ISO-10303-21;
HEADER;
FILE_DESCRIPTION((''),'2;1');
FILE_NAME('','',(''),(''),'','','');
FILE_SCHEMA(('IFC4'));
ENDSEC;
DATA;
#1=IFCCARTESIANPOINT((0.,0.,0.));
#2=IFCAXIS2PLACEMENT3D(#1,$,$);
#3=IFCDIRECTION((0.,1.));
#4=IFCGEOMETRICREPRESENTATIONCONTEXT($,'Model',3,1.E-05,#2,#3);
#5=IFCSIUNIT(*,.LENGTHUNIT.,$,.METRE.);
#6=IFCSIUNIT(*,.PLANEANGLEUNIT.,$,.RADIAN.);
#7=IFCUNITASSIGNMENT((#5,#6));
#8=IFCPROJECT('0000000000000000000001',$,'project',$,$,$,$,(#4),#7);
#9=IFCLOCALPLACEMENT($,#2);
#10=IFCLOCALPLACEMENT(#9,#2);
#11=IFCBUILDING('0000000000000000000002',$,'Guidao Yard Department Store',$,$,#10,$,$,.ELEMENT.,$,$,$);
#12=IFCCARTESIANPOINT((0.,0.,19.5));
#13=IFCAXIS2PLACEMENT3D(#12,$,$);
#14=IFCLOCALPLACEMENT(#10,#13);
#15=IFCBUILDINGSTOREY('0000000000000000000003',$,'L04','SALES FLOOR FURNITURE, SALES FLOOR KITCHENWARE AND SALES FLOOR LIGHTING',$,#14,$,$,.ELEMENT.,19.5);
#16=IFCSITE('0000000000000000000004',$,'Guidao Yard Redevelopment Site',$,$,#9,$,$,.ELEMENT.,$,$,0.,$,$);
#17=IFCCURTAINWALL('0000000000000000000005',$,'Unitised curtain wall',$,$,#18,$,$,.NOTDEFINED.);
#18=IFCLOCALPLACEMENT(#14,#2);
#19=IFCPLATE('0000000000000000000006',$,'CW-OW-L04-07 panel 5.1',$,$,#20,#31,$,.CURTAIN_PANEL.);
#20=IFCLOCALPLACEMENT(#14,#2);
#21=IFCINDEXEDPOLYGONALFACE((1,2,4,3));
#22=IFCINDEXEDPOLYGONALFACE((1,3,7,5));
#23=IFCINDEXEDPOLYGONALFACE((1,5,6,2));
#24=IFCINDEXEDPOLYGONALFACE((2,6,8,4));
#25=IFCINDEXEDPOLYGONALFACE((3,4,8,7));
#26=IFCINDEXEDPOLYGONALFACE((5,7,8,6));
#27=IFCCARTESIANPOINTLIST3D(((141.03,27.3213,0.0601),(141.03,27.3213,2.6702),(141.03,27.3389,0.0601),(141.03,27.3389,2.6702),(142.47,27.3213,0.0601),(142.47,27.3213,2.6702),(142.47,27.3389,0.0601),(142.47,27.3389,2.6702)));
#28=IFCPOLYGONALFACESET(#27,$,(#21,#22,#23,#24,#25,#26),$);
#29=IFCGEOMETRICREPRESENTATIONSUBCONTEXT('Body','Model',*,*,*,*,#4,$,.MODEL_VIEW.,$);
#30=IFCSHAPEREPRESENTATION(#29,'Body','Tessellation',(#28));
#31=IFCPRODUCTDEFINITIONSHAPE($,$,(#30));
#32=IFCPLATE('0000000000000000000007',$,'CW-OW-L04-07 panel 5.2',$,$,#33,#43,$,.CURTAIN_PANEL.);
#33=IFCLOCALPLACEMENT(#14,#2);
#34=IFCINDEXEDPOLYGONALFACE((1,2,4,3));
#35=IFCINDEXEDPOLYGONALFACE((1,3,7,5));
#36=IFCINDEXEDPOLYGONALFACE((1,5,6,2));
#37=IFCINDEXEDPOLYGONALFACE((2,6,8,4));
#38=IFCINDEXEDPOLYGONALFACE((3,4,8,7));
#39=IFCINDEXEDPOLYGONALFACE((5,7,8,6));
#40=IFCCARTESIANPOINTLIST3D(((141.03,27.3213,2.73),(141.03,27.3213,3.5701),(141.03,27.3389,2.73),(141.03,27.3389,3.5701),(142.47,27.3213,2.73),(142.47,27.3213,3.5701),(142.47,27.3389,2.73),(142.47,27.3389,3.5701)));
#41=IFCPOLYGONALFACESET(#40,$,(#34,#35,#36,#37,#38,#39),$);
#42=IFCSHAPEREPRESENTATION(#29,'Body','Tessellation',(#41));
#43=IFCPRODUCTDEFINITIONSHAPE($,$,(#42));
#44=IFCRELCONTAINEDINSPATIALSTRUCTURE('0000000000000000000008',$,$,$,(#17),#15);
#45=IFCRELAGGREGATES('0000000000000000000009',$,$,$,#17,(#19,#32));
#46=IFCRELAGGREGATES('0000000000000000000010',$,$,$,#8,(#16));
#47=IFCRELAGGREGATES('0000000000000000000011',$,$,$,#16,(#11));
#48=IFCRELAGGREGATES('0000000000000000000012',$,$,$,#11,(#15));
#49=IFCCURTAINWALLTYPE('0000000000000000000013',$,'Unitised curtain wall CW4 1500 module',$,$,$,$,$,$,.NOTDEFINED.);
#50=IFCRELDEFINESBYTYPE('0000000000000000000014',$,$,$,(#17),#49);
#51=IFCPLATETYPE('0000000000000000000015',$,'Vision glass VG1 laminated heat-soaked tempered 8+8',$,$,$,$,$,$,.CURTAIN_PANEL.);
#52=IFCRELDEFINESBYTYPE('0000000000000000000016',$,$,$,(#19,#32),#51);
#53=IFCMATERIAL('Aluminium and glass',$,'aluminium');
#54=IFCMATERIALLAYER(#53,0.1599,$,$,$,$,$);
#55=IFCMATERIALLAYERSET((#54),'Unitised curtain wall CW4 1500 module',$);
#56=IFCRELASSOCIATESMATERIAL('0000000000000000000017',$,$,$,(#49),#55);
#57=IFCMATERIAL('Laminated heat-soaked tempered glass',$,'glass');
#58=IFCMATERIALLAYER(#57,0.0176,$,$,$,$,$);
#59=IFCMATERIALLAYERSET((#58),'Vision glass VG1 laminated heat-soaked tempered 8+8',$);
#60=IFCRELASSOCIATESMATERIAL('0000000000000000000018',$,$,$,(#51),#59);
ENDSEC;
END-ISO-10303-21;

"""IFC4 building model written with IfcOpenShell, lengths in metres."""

from ifc_helpers import new_model, si_unit, direction, frame, origin, origin_2d, place, context, subcontext, project, spatial, rectangle, extrude, material, layer, layer_set, type_object, element, aggregate, save


model = new_model("IFC4")

# Units and contexts
model_context = context("Model", 3, precision=1e-05, world=origin(), true_north=direction((0.0, 1.0)))
body_context = subcontext(model_context, "Body", "Model", "MODEL_VIEW")
ifc_project = project(units=[si_unit("LENGTHUNIT", "METRE"), si_unit("PLANEANGLEUNIT", "RADIAN")], contexts=[model_context])

# Site, building, storey
site_placement = place(None, origin())
site = spatial("IfcSite", under=ifc_project, at=site_placement, Name="Guidao Yard Redevelopment Site", CompositionType="ELEMENT", RefElevation=0.0)
building_placement = place(site_placement, origin())
building = spatial("IfcBuilding", under=site, at=building_placement, Name="Guidao Yard Department Store", CompositionType="ELEMENT")
storey_placement = place(building_placement, frame((0.0, 0.0, 19.5)))
storey = spatial("IfcBuildingStorey", under=building, at=storey_placement, Name="L04", Description="SALES FLOOR FURNITURE, SALES FLOOR KITCHENWARE AND SALES FLOOR LIGHTING", CompositionType="ELEMENT", Elevation=19.5)

# Curtain wall
ifc_material_1 = material(Name="Aluminium and glass", Category="aluminium")
ifc_layer_1 = layer(ifc_material_1, 0.1599)
ifc_layer_set_1 = layer_set([ifc_layer_1], Name="Unitised curtain wall CW4 1500 module")
curtain_wall_type = type_object("IfcCurtainWallType", Name="Unitised curtain wall CW4 1500 module", PredefinedType="NOTDEFINED", material=ifc_layer_set_1)
curtain_wall_placement = place(storey_placement, origin())
curtain_wall = element("IfcCurtainWall", 1, at=curtain_wall_placement, inside=storey, type_object=curtain_wall_type, Name="Unitised curtain wall", PredefinedType="NOTDEFINED")

# Plates
ifc_material_2 = material(Name="Laminated heat-soaked tempered glass", Category="glass")
ifc_layer_2 = layer(ifc_material_2, 0.0176)
ifc_layer_set_2 = layer_set([ifc_layer_2], Name="Vision glass VG1 laminated heat-soaked tempered 8+8")
plate_type_1 = type_object("IfcPlateType", Name="Vision glass VG1 laminated heat-soaked tempered 8+8", PredefinedType="CURTAIN_PANEL", material=ifc_layer_set_2)
plate_1_placement = place(storey_placement, frame((141.75, 27.3301, 0.0601), z_axis=(0.0, 0.0, 1.0), x_axis=(1.0, 0.0, 0.0)))
plate_1 = element("IfcPlate", 2, at=plate_1_placement, type_object=plate_type_1, Name="CW-OW-L04-07 panel 5.1", PredefinedType="CURTAIN_PANEL", context=body_context, shape_type="SweptSolid", body=[
    extrude(rectangle(XDim=1.4399, YDim=0.0176, at=origin_2d()), origin(), (0.0, 0.0, 1.0), 2.6101),
])
plate_2_placement = place(storey_placement, frame((141.75, 27.3301, 2.73), z_axis=(0.0, 0.0, 1.0), x_axis=(1.0, 0.0, 0.0)))
plate_2 = element("IfcPlate", 3, at=plate_2_placement, type_object=plate_type_1, Name="CW-OW-L04-07 panel 5.2", PredefinedType="CURTAIN_PANEL", context=body_context, shape_type="SweptSolid", body=[
    extrude(rectangle(XDim=1.4399, YDim=0.0176, at=origin_2d()), origin(), (0.0, 0.0, 1.0), 0.8401),
])
aggregate(curtain_wall, [plate_1, plate_2])

save(model, "model.ifc")
